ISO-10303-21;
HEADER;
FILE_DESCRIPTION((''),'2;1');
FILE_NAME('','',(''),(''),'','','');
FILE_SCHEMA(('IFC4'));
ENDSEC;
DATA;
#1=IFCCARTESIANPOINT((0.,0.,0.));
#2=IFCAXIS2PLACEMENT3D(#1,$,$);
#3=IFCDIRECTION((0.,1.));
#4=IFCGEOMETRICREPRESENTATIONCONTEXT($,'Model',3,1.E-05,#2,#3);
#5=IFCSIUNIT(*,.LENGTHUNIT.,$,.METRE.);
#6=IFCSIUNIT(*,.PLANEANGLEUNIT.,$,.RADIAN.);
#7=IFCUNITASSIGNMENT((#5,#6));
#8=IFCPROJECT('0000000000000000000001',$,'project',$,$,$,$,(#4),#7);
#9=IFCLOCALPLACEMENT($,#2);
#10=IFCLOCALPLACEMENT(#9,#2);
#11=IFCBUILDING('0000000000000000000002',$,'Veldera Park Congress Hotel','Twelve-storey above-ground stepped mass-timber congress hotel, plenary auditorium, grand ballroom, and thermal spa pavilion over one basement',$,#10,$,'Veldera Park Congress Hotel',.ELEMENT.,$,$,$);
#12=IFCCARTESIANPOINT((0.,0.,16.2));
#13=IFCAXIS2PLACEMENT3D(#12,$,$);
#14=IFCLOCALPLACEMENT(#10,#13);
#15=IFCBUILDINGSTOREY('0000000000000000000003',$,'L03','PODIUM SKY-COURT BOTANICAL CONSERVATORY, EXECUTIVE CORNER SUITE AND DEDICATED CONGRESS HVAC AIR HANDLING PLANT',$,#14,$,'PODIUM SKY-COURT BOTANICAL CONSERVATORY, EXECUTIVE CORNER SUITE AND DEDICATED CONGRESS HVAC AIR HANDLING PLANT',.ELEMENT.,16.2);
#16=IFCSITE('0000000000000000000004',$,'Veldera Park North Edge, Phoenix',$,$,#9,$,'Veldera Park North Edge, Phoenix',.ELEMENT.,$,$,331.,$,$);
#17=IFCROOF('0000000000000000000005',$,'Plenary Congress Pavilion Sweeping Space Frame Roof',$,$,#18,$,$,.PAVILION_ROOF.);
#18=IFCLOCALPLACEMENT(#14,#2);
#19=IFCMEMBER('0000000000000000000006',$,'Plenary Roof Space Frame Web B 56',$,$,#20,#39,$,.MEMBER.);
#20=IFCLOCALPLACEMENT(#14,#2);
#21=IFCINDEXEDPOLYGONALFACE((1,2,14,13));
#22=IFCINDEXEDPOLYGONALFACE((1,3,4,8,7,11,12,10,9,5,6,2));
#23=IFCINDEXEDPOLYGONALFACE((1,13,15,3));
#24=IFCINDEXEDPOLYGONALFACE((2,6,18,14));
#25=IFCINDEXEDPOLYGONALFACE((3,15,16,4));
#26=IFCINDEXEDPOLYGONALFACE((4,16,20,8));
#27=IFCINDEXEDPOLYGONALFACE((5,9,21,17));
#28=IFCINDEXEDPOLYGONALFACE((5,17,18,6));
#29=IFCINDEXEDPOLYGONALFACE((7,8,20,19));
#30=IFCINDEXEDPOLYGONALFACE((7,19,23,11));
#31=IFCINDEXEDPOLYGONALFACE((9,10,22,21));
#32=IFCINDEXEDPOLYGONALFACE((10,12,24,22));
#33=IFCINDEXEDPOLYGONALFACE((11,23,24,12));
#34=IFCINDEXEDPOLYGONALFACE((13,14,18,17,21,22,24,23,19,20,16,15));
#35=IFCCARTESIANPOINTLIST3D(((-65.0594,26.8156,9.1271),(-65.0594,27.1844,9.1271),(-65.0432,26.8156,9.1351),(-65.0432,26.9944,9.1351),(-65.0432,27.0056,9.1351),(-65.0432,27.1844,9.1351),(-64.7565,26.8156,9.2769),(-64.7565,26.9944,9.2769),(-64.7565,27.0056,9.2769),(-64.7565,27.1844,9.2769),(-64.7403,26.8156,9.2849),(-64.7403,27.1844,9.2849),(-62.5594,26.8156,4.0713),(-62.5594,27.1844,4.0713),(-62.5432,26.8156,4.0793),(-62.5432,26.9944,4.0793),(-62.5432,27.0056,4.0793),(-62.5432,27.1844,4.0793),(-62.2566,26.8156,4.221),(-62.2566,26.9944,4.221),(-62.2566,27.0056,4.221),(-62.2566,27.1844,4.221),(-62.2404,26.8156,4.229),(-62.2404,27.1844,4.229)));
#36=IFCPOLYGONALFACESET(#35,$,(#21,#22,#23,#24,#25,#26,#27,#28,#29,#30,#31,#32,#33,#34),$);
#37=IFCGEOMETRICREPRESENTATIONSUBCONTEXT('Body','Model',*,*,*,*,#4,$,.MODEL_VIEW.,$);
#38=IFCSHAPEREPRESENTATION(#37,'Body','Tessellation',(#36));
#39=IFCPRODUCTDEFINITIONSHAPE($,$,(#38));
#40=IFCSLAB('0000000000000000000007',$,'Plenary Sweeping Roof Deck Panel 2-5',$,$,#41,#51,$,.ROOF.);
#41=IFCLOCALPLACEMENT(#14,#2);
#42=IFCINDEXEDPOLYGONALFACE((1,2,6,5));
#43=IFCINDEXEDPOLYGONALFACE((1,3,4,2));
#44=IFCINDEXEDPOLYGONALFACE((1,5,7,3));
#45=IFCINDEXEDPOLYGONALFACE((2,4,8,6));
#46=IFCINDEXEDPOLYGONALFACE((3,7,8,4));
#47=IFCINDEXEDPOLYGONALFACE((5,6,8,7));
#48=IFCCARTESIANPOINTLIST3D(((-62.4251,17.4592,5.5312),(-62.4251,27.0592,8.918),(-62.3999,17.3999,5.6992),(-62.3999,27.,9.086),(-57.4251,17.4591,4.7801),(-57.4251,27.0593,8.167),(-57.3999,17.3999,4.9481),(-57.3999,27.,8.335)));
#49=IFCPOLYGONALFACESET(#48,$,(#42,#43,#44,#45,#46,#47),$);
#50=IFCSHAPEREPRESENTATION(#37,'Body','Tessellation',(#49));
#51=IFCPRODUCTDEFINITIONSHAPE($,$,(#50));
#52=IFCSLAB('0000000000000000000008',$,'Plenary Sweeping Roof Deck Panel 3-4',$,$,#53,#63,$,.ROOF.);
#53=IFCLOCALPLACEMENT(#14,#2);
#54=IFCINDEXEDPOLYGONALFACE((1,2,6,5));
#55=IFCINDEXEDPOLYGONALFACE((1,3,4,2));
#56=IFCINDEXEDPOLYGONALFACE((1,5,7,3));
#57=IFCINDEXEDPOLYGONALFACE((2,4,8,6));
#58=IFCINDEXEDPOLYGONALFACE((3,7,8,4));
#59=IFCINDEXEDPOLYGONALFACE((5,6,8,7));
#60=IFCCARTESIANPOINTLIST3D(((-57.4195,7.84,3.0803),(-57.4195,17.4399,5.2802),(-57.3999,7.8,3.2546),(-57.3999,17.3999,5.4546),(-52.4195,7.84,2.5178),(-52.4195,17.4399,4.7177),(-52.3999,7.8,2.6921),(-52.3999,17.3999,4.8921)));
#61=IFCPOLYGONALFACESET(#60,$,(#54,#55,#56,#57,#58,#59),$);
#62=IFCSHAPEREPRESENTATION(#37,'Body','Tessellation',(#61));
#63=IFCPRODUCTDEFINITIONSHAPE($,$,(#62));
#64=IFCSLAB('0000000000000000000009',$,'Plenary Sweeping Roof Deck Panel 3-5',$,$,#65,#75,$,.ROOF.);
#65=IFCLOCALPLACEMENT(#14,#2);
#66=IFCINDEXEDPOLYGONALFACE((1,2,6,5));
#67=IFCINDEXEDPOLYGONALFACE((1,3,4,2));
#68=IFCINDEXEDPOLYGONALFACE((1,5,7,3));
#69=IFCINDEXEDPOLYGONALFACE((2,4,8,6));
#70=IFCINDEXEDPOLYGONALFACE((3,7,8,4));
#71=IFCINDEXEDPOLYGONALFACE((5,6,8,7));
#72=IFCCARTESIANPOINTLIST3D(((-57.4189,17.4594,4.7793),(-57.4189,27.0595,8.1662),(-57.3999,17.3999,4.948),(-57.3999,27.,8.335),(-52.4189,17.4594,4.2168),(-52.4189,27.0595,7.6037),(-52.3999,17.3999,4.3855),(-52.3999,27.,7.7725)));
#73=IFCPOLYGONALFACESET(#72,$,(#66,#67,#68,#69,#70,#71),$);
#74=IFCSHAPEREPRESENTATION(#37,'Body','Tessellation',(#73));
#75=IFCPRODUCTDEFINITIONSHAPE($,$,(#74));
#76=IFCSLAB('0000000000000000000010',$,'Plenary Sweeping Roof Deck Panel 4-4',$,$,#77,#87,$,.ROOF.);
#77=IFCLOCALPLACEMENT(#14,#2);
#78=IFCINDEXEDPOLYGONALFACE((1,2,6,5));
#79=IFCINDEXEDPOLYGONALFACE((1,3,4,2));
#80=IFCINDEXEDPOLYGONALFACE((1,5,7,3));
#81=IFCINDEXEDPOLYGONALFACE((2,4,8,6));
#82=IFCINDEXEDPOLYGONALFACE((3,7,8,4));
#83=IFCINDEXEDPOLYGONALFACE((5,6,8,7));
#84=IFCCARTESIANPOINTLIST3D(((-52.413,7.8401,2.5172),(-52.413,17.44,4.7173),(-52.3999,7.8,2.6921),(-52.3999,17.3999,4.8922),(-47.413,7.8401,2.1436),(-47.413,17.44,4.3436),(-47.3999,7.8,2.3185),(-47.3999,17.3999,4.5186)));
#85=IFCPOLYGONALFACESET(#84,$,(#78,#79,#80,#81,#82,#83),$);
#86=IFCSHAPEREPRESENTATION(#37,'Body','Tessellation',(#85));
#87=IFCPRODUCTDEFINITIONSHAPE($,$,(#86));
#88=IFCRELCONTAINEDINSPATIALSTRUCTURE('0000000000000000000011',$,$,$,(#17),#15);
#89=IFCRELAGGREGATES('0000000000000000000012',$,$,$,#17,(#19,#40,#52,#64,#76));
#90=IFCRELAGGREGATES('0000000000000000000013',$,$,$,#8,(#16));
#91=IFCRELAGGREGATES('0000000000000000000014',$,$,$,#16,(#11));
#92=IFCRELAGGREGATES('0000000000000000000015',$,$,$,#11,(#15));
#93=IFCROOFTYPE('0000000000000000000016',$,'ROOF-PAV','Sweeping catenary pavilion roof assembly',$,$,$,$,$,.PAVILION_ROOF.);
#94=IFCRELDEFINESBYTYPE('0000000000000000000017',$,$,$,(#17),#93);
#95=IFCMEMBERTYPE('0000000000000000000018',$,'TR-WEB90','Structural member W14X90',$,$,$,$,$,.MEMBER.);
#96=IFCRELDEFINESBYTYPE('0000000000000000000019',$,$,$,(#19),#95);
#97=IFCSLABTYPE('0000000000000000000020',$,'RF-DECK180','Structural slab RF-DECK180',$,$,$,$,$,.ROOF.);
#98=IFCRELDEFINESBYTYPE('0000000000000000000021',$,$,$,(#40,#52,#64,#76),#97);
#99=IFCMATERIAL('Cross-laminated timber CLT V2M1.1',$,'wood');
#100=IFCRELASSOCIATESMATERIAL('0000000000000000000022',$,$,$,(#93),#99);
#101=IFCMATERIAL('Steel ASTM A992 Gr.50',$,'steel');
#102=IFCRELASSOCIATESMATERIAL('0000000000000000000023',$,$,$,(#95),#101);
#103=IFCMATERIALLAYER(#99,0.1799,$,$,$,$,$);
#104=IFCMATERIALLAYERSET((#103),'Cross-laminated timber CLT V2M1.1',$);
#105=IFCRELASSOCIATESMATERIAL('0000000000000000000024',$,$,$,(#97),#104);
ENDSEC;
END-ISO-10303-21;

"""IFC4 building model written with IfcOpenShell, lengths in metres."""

from ifc_helpers import new_model, si_unit, direction, frame, origin, origin_2d, place, context, subcontext, project, spatial, polyline, i_section, outline, extrude, material, layer, layer_set, material_profile, profile_set, type_object, element, aggregate, save


model = new_model("IFC4")

# Units and contexts
model_context = context("Model", 3, precision=1e-05, world=origin(), true_north=direction((0.0, 1.0)))
body_context = subcontext(model_context, "Body", "Model", "MODEL_VIEW")
ifc_project = project(units=[si_unit("LENGTHUNIT", "METRE"), si_unit("PLANEANGLEUNIT", "RADIAN")], contexts=[model_context])

# Site, building, storey
site_placement = place(None, origin())
site = spatial("IfcSite", under=ifc_project, at=site_placement, Name="Veldera Park North Edge, Phoenix", LongName="Veldera Park North Edge, Phoenix", CompositionType="ELEMENT", RefElevation=331.0)
building_placement = place(site_placement, origin())
building = spatial("IfcBuilding", under=site, at=building_placement, Name="Veldera Park Congress Hotel", Description="Twelve-storey above-ground stepped mass-timber congress hotel, plenary auditorium, grand ballroom, and thermal spa pavilion over one basement", LongName="Veldera Park Congress Hotel", CompositionType="ELEMENT")
storey_placement = place(building_placement, frame((0.0, 0.0, 16.2)))
storey = spatial("IfcBuildingStorey", under=building, at=storey_placement, Name="L03", Description="PODIUM SKY-COURT BOTANICAL CONSERVATORY, EXECUTIVE CORNER SUITE AND DEDICATED CONGRESS HVAC AIR HANDLING PLANT", LongName="PODIUM SKY-COURT BOTANICAL CONSERVATORY, EXECUTIVE CORNER SUITE AND DEDICATED CONGRESS HVAC AIR HANDLING PLANT", CompositionType="ELEMENT", Elevation=16.2)

# Shared definitions
ifc_material_1 = material(Name="Steel ASTM A992 Gr.50", Category="steel")

# Roof, member, slabs
ifc_material_2 = material(Name="Cross-laminated timber CLT V2M1.1", Category="wood")
roof_type = type_object("IfcRoofType", Name="ROOF-PAV", Description="Sweeping catenary pavilion roof assembly", PredefinedType="PAVILION_ROOF", material=ifc_material_2)
roof_placement = place(storey_placement, origin())
roof = element("IfcRoof", 1, at=roof_placement, inside=storey, type_object=roof_type, Name="Plenary Congress Pavilion Sweeping Space Frame Roof", PredefinedType="PAVILION_ROOF")
ifc_material_profile_1 = material_profile(ifc_material_1, i_section(OverallWidth=0.3689, OverallDepth=0.356, WebThickness=0.0112, FlangeThickness=0.0181, at=origin_2d()), Name="W14X90")
ifc_profile_set_1 = profile_set([ifc_material_profile_1], Name="Steel ASTM A992 Gr.50")
member_type_1 = type_object("IfcMemberType", Name="TR-WEB90", Description="Structural member W14X90", PredefinedType="MEMBER", material=ifc_profile_set_1)
member_1_placement = place(storey_placement, frame((-62.3999, 27.0, 4.1501), z_axis=(-0.443244, 0.0, 0.896401), x_axis=(0.0, -1.0, 0.0)))
member_1 = element("IfcMember", 2, at=member_1_placement, type_object=member_type_1, Name="Plenary Roof Space Frame Web B 56", PredefinedType="MEMBER", context=body_context, shape_type="SweptSolid", body=[
    extrude(i_section(OverallWidth=0.3689, OverallDepth=0.356, WebThickness=0.0112, FlangeThickness=0.0181, at=origin_2d()), origin(), (0.0, 0.0, 1.0), 5.6401),
])
ifc_layer = layer(ifc_material_2, 0.1799)
ifc_layer_set = layer_set([ifc_layer], Name="Cross-laminated timber CLT V2M1.1")
slab_type = type_object("IfcSlabType", Name="RF-DECK180", Description="Structural slab RF-DECK180", PredefinedType="ROOF", material=ifc_layer_set)
slab_1_placement = place(storey_placement, frame((-62.3999, 17.3999, 5.6992), z_axis=(0.140262, -0.329406, 0.933712), x_axis=(0.988904, -0.000007, -0.148556)))
slab_1 = element("IfcSlab", 3, at=slab_1_placement, type_object=slab_type, Name="Plenary Sweeping Roof Deck Panel 2-5", PredefinedType="ROOF", context=body_context, shape_type="SweptSolid", body=[
    extrude(outline(polyline([(0.0, 0.0), (5.0561, 0.0), (4.5529, 10.1676), (-0.5032, 10.1675), (0.0, 0.0)])), origin(), (0.0, 0.0, -1.0), 0.1799),
])
slab_2_placement = place(storey_placement, frame((-57.3999, 7.8, 3.2546), z_axis=(0.109004, -0.222044, 0.968925), x_axis=(0.993731, 0.0, -0.111795)))
slab_2 = element("IfcSlab", 4, at=slab_2_placement, type_object=slab_type, Name="Plenary Sweeping Roof Deck Panel 3-4", PredefinedType="ROOF", context=body_context, shape_type="SweptSolid", body=[
    extrude(outline(polyline([(0.0, 0.0), (5.0315, 0.0), (4.7856, 9.8456), (-0.2459, 9.8456), (0.0, 0.0)])), origin(), (0.0, 0.0, -1.0), 0.1799),
])
slab_3_placement = place(storey_placement, frame((-57.3999, 17.3999, 4.948), z_axis=(0.105499, -0.330849, 0.937768), x_axis=(0.993731, 0.0, -0.111795)))
slab_3 = element("IfcSlab", 5, at=slab_3_placement, type_object=slab_type, Name="Plenary Sweeping Roof Deck Panel 3-5", PredefinedType="ROOF", context=body_context, shape_type="SweptSolid", body=[
    extrude(outline(polyline([(0.0, 0.0), (5.0315, 0.0), (4.6529, 10.173), (-0.3786, 10.173), (0.0, 0.0)])), origin(), (0.0, 0.0, -1.0), 0.1799),
])
slab_4_placement = place(storey_placement, frame((-52.3999, 7.8, 2.6921), z_axis=(0.07265, -0.222796, 0.972154), x_axis=(0.997219, -0.000005, -0.074525)))
slab_4 = element("IfcSlab", 6, at=slab_4_placement, type_object=slab_type, Name="Plenary Sweeping Roof Deck Panel 4-4", PredefinedType="ROOF", context=body_context, shape_type="SweptSolid", body=[
    extrude(outline(polyline([(0.0, 0.0), (5.014, 0.0), (4.8499, 9.8474), (-0.164, 9.8473), (0.0, 0.0)])), origin(), (0.0, 0.0, -1.0), 0.1799),
])
aggregate(roof, [member_1, slab_1, slab_2, slab_3, slab_4])

save(model, "model.ifc")
